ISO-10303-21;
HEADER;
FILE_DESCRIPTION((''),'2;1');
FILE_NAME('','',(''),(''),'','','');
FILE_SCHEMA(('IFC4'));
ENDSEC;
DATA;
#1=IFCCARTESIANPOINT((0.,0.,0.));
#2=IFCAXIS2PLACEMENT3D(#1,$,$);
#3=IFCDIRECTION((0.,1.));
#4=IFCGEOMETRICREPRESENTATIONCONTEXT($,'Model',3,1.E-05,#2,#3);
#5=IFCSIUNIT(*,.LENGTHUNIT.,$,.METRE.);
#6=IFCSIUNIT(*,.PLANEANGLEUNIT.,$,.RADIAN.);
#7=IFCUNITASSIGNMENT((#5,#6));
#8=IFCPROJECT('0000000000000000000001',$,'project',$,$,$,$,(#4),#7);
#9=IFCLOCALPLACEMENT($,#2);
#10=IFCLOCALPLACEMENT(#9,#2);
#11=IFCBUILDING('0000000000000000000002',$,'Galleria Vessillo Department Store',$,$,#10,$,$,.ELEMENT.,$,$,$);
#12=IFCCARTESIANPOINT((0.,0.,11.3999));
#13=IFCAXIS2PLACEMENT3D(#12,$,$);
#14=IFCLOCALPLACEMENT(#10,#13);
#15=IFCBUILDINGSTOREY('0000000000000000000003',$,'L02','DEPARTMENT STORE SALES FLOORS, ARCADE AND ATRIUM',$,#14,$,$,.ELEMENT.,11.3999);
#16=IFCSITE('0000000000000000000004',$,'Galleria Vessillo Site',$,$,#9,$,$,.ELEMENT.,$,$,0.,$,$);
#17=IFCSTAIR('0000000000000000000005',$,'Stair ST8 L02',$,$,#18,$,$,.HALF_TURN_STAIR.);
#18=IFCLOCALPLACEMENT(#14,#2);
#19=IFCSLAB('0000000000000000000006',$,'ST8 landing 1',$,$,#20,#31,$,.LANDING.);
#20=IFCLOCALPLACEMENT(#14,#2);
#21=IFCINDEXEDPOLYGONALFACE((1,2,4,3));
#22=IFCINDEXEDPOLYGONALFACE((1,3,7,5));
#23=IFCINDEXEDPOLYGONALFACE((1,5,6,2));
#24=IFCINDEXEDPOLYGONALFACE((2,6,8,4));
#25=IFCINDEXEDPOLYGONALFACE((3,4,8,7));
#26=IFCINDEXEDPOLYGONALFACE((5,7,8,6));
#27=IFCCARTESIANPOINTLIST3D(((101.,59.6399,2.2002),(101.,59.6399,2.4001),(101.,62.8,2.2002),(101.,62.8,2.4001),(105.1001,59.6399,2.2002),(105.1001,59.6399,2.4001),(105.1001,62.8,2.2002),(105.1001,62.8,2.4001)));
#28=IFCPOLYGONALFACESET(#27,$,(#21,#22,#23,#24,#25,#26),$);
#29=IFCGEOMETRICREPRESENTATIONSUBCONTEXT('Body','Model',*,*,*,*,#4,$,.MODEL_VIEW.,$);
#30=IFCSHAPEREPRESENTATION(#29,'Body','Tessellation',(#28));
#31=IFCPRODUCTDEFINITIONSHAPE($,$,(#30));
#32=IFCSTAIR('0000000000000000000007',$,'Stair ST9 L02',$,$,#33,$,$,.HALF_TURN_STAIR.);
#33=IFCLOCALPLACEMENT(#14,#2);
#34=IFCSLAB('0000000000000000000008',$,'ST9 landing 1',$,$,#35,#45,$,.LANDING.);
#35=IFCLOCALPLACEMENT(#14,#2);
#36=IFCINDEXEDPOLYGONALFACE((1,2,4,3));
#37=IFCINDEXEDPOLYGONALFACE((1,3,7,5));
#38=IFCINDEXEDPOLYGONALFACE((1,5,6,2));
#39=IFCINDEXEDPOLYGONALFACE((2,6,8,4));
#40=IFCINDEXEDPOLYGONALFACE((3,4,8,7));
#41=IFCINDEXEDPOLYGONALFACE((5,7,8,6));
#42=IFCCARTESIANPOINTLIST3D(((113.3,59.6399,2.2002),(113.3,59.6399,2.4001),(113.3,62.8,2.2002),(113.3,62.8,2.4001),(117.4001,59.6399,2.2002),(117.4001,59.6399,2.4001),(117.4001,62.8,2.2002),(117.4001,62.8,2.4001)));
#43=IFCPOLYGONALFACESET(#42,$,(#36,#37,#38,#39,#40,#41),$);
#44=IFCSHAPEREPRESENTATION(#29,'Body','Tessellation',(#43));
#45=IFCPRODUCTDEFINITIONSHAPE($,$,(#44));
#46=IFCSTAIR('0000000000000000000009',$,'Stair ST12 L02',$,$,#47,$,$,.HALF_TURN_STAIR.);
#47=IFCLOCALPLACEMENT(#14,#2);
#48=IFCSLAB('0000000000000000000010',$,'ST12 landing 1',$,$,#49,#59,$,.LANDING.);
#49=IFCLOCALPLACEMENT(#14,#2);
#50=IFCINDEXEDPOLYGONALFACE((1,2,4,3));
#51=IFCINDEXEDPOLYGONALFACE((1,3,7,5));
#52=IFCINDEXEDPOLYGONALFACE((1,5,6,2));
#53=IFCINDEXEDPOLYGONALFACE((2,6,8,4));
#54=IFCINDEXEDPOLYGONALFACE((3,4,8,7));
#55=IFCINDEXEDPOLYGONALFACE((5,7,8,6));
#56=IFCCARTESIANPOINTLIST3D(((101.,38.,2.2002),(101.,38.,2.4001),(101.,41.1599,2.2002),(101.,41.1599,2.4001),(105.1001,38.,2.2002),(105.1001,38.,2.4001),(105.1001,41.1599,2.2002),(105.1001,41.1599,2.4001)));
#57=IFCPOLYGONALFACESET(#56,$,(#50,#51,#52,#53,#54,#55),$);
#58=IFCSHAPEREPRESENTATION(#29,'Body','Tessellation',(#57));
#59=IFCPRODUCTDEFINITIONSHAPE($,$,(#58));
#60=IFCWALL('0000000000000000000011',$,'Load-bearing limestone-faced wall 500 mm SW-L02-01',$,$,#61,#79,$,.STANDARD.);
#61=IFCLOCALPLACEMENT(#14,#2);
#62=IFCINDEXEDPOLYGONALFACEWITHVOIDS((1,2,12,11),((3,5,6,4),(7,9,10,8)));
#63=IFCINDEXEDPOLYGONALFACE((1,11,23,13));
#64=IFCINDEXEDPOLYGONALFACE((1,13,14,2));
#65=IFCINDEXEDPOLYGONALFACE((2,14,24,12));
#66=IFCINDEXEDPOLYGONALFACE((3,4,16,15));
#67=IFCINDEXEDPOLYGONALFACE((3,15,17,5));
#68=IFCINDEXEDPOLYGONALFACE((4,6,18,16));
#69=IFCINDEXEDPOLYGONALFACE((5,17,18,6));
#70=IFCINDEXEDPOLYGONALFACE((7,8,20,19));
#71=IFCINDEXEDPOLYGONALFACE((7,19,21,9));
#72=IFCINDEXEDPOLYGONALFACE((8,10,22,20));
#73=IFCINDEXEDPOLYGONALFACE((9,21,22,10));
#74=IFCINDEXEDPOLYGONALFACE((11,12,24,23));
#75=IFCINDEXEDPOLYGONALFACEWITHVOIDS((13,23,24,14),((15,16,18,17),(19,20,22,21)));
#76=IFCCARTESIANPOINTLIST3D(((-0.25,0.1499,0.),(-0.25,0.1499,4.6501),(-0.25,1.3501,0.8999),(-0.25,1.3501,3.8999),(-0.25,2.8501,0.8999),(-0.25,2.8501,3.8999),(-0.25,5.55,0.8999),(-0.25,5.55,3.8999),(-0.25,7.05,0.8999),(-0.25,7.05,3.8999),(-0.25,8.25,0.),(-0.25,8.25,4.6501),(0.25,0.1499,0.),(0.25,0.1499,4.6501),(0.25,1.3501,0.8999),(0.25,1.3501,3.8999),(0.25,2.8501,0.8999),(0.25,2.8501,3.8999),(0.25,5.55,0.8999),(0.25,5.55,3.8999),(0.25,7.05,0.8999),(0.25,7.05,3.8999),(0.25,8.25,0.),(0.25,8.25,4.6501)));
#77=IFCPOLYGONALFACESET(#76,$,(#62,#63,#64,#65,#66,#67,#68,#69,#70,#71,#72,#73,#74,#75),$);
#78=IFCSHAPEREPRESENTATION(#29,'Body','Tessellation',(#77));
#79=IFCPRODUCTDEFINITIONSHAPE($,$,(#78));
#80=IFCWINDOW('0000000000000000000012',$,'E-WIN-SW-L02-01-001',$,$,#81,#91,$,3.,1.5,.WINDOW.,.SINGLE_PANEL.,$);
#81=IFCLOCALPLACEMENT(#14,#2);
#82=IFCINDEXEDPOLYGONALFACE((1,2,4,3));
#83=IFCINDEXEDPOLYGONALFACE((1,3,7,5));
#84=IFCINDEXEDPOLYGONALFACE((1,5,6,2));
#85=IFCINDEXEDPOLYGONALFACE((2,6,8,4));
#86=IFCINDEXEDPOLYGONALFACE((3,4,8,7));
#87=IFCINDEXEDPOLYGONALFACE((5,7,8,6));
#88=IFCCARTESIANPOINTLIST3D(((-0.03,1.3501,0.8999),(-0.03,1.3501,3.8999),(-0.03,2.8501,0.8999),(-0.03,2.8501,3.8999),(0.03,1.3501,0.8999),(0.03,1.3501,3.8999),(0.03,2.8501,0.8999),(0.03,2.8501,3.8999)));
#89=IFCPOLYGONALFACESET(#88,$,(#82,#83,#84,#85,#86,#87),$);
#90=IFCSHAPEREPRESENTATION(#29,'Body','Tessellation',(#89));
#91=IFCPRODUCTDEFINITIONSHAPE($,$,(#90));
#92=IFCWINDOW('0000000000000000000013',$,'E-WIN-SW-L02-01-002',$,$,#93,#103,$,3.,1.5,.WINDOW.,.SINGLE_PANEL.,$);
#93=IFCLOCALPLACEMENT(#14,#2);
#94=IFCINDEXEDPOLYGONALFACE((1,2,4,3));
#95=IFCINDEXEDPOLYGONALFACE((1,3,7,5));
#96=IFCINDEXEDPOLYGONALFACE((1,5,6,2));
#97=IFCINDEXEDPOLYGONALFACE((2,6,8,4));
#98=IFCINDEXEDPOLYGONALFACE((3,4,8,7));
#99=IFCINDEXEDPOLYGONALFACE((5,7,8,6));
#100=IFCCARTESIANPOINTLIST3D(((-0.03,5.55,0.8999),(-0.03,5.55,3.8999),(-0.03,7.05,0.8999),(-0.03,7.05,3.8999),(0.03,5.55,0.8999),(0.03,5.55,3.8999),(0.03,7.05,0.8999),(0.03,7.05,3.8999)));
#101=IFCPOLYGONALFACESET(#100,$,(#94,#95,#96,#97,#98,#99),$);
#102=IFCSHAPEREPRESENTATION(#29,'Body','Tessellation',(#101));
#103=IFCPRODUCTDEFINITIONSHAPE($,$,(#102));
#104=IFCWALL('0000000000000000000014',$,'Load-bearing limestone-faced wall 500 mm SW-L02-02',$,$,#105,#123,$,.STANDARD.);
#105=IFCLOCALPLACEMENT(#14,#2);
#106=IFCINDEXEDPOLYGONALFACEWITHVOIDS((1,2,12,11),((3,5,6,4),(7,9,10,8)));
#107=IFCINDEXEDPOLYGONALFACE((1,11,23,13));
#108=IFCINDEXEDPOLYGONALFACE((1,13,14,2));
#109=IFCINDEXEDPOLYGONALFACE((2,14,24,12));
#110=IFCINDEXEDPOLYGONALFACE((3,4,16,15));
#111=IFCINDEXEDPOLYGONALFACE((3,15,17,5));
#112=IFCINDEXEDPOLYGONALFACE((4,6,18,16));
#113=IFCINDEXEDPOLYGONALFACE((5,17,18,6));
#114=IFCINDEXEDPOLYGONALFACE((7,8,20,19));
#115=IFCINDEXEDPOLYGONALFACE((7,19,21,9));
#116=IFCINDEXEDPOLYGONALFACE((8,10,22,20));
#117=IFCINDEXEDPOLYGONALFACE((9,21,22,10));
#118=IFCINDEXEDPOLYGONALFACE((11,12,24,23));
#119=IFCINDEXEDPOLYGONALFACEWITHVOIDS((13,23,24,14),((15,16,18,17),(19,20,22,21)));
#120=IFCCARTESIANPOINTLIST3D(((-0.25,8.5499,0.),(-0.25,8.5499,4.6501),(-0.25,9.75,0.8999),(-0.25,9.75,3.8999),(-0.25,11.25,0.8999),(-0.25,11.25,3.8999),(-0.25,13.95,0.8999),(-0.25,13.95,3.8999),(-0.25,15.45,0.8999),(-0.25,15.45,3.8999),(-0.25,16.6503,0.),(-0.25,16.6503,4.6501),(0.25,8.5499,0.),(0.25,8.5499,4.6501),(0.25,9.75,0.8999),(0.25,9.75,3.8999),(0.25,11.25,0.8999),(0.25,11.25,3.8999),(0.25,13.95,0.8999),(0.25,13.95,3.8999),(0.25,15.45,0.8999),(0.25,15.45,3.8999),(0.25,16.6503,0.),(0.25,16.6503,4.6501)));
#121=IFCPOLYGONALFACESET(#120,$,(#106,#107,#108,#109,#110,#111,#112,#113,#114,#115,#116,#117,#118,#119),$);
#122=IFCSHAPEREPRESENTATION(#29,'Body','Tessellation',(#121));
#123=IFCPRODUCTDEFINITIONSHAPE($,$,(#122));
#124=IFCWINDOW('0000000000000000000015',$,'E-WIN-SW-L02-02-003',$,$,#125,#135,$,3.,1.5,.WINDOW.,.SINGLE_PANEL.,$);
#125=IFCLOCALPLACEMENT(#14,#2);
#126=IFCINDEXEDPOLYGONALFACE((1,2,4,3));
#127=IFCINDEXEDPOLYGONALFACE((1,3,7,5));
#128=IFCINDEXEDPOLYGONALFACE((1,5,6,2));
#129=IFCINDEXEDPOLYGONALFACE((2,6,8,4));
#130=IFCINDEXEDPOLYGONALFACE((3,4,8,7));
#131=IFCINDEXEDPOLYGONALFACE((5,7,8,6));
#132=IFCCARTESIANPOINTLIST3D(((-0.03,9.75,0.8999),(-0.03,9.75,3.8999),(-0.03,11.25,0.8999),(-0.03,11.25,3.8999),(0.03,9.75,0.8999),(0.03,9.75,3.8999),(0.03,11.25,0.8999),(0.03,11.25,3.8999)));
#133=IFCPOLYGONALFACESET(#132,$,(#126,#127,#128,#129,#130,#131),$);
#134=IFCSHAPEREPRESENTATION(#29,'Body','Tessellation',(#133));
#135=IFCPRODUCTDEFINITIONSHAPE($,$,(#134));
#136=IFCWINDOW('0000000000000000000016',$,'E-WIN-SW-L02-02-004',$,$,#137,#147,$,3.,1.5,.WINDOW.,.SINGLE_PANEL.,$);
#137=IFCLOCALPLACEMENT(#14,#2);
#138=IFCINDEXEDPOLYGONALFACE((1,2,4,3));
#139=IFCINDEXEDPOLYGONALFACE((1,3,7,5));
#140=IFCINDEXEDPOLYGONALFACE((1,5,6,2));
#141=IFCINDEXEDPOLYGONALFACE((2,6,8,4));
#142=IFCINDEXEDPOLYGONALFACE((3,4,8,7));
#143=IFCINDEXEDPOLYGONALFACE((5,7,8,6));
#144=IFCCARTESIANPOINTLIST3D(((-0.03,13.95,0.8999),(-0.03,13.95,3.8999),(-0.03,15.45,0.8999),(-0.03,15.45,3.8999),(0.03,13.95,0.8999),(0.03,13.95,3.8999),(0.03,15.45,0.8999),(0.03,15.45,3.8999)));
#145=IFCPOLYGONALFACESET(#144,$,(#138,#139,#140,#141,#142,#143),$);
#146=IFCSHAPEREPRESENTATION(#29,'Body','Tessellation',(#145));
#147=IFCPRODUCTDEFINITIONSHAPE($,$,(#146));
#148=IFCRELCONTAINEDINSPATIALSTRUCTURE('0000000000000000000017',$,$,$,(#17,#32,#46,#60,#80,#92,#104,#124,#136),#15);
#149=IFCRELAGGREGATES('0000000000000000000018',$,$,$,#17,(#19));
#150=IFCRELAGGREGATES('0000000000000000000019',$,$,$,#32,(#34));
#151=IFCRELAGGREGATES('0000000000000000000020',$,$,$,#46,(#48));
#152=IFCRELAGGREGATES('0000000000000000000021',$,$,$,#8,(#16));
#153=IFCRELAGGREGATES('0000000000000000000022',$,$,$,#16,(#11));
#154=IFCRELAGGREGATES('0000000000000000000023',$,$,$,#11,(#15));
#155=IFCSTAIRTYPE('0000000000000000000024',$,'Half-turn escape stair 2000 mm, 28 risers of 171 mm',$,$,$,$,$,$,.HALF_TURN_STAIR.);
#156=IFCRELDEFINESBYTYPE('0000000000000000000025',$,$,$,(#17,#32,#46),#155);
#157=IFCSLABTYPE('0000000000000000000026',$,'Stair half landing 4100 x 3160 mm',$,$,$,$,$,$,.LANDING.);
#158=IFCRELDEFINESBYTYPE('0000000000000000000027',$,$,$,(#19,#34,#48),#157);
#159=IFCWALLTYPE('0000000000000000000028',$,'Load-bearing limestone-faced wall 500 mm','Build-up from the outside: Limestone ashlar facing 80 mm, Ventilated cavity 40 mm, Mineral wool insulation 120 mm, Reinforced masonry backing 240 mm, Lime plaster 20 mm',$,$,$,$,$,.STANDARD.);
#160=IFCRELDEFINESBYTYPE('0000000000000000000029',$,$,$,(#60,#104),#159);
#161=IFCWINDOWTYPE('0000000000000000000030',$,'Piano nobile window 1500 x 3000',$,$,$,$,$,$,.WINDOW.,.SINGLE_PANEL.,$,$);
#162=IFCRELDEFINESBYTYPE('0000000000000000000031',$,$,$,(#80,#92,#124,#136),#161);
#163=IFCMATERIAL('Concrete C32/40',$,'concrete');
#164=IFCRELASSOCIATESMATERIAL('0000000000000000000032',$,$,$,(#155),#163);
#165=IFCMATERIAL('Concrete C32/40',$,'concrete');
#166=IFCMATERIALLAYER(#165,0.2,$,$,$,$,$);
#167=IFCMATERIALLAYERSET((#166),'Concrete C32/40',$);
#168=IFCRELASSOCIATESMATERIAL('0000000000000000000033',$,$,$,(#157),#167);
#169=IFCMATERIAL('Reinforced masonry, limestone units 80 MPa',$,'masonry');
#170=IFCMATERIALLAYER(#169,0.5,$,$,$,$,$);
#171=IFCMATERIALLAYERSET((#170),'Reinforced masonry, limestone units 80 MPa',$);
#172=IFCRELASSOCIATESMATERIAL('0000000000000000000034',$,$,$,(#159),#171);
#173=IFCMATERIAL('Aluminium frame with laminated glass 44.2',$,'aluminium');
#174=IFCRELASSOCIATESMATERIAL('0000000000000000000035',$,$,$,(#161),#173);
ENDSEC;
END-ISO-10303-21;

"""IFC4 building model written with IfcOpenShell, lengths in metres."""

from ifc_helpers import new_model, si_unit, direction, frame, frame_2d, origin, place, context, subcontext, project, spatial, polyline, rectangle, outline, extrude, material, layer, layer_set, type_object, element, fill, aggregate, save


model = new_model("IFC4")

# Units and contexts
model_context = context("Model", 3, precision=1e-05, world=origin(), true_north=direction((0.0, 1.0)))
body_context = subcontext(model_context, "Body", "Model", "MODEL_VIEW")
ifc_project = project(units=[si_unit("LENGTHUNIT", "METRE"), si_unit("PLANEANGLEUNIT", "RADIAN")], contexts=[model_context])

# Site, building, storey
site_placement = place(None, origin())
site = spatial("IfcSite", under=ifc_project, at=site_placement, Name="Galleria Vessillo Site", CompositionType="ELEMENT", RefElevation=0.0)
building_placement = place(site_placement, origin())
building = spatial("IfcBuilding", under=site, at=building_placement, Name="Galleria Vessillo Department Store", CompositionType="ELEMENT")
storey_placement = place(building_placement, frame((0.0, 0.0, 11.3999)))
storey = spatial("IfcBuildingStorey", under=building, at=storey_placement, Name="L02", Description="DEPARTMENT STORE SALES FLOORS, ARCADE AND ATRIUM", CompositionType="ELEMENT", Elevation=11.3999)

# Stairs, slabs
ifc_material_1 = material(Name="Concrete C32/40", Category="concrete")
stair_type = type_object("IfcStairType", Name="Half-turn escape stair 2000 mm, 28 risers of 171 mm", PredefinedType="HALF_TURN_STAIR", material=ifc_material_1)
stair_1_placement = place(storey_placement, origin())
stair_1 = element("IfcStair", 1, at=stair_1_placement, inside=storey, type_object=stair_type, Name="Stair ST8 L02", PredefinedType="HALF_TURN_STAIR")
ifc_material_2 = material(Name="Concrete C32/40", Category="concrete")
ifc_layer_1 = layer(ifc_material_2, 0.2)
ifc_layer_set_1 = layer_set([ifc_layer_1], Name="Concrete C32/40")
slab_type = type_object("IfcSlabType", Name="Stair half landing 4100 x 3160 mm", PredefinedType="LANDING", material=ifc_layer_set_1)
slab_1_placement = place(storey_placement, frame((0.0, 0.0, 2.2002)))
slab_1 = element("IfcSlab", 2, at=slab_1_placement, type_object=slab_type, Name="ST8 landing 1", PredefinedType="LANDING", context=body_context, shape_type="SweptSolid", body=[
    extrude(outline(polyline([(101.0, 59.6399), (101.0, 62.8), (105.1001, 62.8), (105.1001, 59.6399), (101.0, 59.6399)])), origin(), (0.0, 0.0, 1.0), 0.2),
])
aggregate(stair_1, [slab_1])
stair_2_placement = place(storey_placement, origin())
stair_2 = element("IfcStair", 3, at=stair_2_placement, inside=storey, type_object=stair_type, Name="Stair ST9 L02", PredefinedType="HALF_TURN_STAIR")
slab_2_placement = place(storey_placement, frame((0.0, 0.0, 2.2002)))
slab_2 = element("IfcSlab", 4, at=slab_2_placement, type_object=slab_type, Name="ST9 landing 1", PredefinedType="LANDING", context=body_context, shape_type="SweptSolid", body=[
    extrude(outline(polyline([(113.3, 59.6399), (113.3, 62.8), (117.4001, 62.8), (117.4001, 59.6399), (113.3, 59.6399)])), origin(), (0.0, 0.0, 1.0), 0.2),
])
aggregate(stair_2, [slab_2])
stair_3_placement = place(storey_placement, origin())
stair_3 = element("IfcStair", 5, at=stair_3_placement, inside=storey, type_object=stair_type, Name="Stair ST12 L02", PredefinedType="HALF_TURN_STAIR")
slab_3_placement = place(storey_placement, frame((0.0, 0.0, 2.2002)))
slab_3 = element("IfcSlab", 6, at=slab_3_placement, type_object=slab_type, Name="ST12 landing 1", PredefinedType="LANDING", context=body_context, shape_type="SweptSolid", body=[
    extrude(outline(polyline([(101.0, 38.0), (101.0, 41.1599), (105.1001, 41.1599), (105.1001, 38.0), (101.0, 38.0)])), origin(), (0.0, 0.0, 1.0), 0.2),
])
aggregate(stair_3, [slab_3])

# Walls, openings, windows
ifc_material_3 = material(Name="Reinforced masonry, limestone units 80 MPa", Category="masonry")
ifc_layer_2 = layer(ifc_material_3, 0.5)
ifc_layer_set_2 = layer_set([ifc_layer_2], Name="Reinforced masonry, limestone units 80 MPa")
wall_type_1 = type_object("IfcWallType", Name="Load-bearing limestone-faced wall 500 mm", Description="Build-up from the outside: Limestone ashlar facing 80 mm, Ventilated cavity 40 mm, Mineral wool insulation 120 mm, Reinforced masonry backing 240 mm, Lime plaster 20 mm", PredefinedType="STANDARD", material=ifc_layer_set_2)
wall_1_placement = place(storey_placement, frame((0.0, 0.1499, 0.0), z_axis=(0.0, 0.0, 1.0), x_axis=(0.0, 1.0, 0.0)))
wall_1 = element("IfcWall", 7, at=wall_1_placement, inside=storey, type_object=wall_type_1, Name="Load-bearing limestone-faced wall 500 mm SW-L02-01", PredefinedType="STANDARD", context=body_context, shape_type="SweptSolid", body=[
    extrude(rectangle(XDim=8.1001, YDim=0.5, at=frame_2d((4.05, 0.0))), origin(), (0.0, 0.0, 1.0), 4.6501),
])
opening_1_placement = place(wall_1_placement, frame((1.2002, 0.0, 0.8999)))
opening_1 = element("IfcOpeningElement", 8, at=opening_1_placement, cuts=wall_1, PredefinedType="OPENING", context=body_context, shape_type="SweptSolid", body=[
    extrude(rectangle(XDim=1.5, YDim=3.0, at=frame_2d((0.75, 1.5))), frame((0.0, 0.26, 0.0), z_axis=(0.0, -1.0, 0.0), x_axis=(1.0, 0.0, 0.0)), (0.0, 0.0, 1.0), 0.52),
])
opening_2_placement = place(wall_1_placement, frame((5.4001, 0.0, 0.8999)))
opening_2 = element("IfcOpeningElement", 9, at=opening_2_placement, cuts=wall_1, PredefinedType="OPENING", context=body_context, shape_type="SweptSolid", body=[
    extrude(rectangle(XDim=1.5, YDim=3.0, at=frame_2d((0.75, 1.5))), frame((0.0, 0.26, 0.0), z_axis=(0.0, -1.0, 0.0), x_axis=(1.0, 0.0, 0.0)), (0.0, 0.0, 1.0), 0.52),
])
ifc_material_4 = material(Name="Aluminium frame with laminated glass 44.2", Category="aluminium")
window_type = type_object("IfcWindowType", Name="Piano nobile window 1500 x 3000", PartitioningType="SINGLE_PANEL", PredefinedType="WINDOW", material=ifc_material_4)
window_1_placement = place(opening_1_placement, origin())
window_1 = element("IfcWindow", 10, at=window_1_placement, inside=storey, type_object=window_type, Name="E-WIN-SW-L02-01-001", OverallHeight=3.0, OverallWidth=1.5, PartitioningType="SINGLE_PANEL", PredefinedType="WINDOW", context=body_context, shape_type="SweptSolid", body=[
    extrude(rectangle(XDim=1.5, YDim=3.0, at=frame_2d((0.75, 1.5))), frame((0.0, 0.03, 0.0), z_axis=(0.0, -1.0, 0.0), x_axis=(1.0, 0.0, 0.0)), (0.0, 0.0, 1.0), 0.0601),
])
fill(opening_1, window_1)
window_2_placement = place(opening_2_placement, origin())
window_2 = element("IfcWindow", 11, at=window_2_placement, inside=storey, type_object=window_type, Name="E-WIN-SW-L02-01-002", OverallHeight=3.0, OverallWidth=1.5, PartitioningType="SINGLE_PANEL", PredefinedType="WINDOW", context=body_context, shape_type="SweptSolid", body=[
    extrude(rectangle(XDim=1.5, YDim=3.0, at=frame_2d((0.75, 1.5))), frame((0.0, 0.03, 0.0), z_axis=(0.0, -1.0, 0.0), x_axis=(1.0, 0.0, 0.0)), (0.0, 0.0, 1.0), 0.0601),
])
fill(opening_2, window_2)
wall_2_placement = place(storey_placement, frame((0.0, 8.5498, 0.0), z_axis=(0.0, 0.0, 1.0), x_axis=(0.0, 1.0, 0.0)))
wall_2 = element("IfcWall", 12, at=wall_2_placement, inside=storey, type_object=wall_type_1, Name="Load-bearing limestone-faced wall 500 mm SW-L02-02", PredefinedType="STANDARD", context=body_context, shape_type="SweptSolid", body=[
    extrude(rectangle(XDim=8.1003, YDim=0.5, at=frame_2d((4.0503, 0.0))), origin(), (0.0, 0.0, 1.0), 4.6501),
])
opening_3_placement = place(wall_2_placement, frame((1.2002, 0.0, 0.8999)))
opening_3 = element("IfcOpeningElement", 13, at=opening_3_placement, cuts=wall_2, PredefinedType="OPENING", context=body_context, shape_type="SweptSolid", body=[
    extrude(rectangle(XDim=1.5, YDim=3.0, at=frame_2d((0.75, 1.5))), frame((0.0, 0.26, 0.0), z_axis=(0.0, -1.0, 0.0), x_axis=(1.0, 0.0, 0.0)), (0.0, 0.0, 1.0), 0.52),
])
opening_4_placement = place(wall_2_placement, frame((5.4001, 0.0, 0.8999)))
opening_4 = element("IfcOpeningElement", 14, at=opening_4_placement, cuts=wall_2, PredefinedType="OPENING", context=body_context, shape_type="SweptSolid", body=[
    extrude(rectangle(XDim=1.5, YDim=3.0, at=frame_2d((0.75, 1.5))), frame((0.0, 0.26, 0.0), z_axis=(0.0, -1.0, 0.0), x_axis=(1.0, 0.0, 0.0)), (0.0, 0.0, 1.0), 0.52),
])
window_3_placement = place(opening_3_placement, origin())
window_3 = element("IfcWindow", 15, at=window_3_placement, inside=storey, type_object=window_type, Name="E-WIN-SW-L02-02-003", OverallHeight=3.0, OverallWidth=1.5, PartitioningType="SINGLE_PANEL", PredefinedType="WINDOW", context=body_context, shape_type="SweptSolid", body=[
    extrude(rectangle(XDim=1.5, YDim=3.0, at=frame_2d((0.75, 1.5))), frame((0.0, 0.03, 0.0), z_axis=(0.0, -1.0, 0.0), x_axis=(1.0, 0.0, 0.0)), (0.0, 0.0, 1.0), 0.0601),
])
fill(opening_3, window_3)
window_4_placement = place(opening_4_placement, origin())
window_4 = element("IfcWindow", 16, at=window_4_placement, inside=storey, type_object=window_type, Name="E-WIN-SW-L02-02-004", OverallHeight=3.0, OverallWidth=1.5, PartitioningType="SINGLE_PANEL", PredefinedType="WINDOW", context=body_context, shape_type="SweptSolid", body=[
    extrude(rectangle(XDim=1.5, YDim=3.0, at=frame_2d((0.75, 1.5))), frame((0.0, 0.03, 0.0), z_axis=(0.0, -1.0, 0.0), x_axis=(1.0, 0.0, 0.0)), (0.0, 0.0, 1.0), 0.0601),
])
fill(opening_4, window_4)

save(model, "model.ifc")
